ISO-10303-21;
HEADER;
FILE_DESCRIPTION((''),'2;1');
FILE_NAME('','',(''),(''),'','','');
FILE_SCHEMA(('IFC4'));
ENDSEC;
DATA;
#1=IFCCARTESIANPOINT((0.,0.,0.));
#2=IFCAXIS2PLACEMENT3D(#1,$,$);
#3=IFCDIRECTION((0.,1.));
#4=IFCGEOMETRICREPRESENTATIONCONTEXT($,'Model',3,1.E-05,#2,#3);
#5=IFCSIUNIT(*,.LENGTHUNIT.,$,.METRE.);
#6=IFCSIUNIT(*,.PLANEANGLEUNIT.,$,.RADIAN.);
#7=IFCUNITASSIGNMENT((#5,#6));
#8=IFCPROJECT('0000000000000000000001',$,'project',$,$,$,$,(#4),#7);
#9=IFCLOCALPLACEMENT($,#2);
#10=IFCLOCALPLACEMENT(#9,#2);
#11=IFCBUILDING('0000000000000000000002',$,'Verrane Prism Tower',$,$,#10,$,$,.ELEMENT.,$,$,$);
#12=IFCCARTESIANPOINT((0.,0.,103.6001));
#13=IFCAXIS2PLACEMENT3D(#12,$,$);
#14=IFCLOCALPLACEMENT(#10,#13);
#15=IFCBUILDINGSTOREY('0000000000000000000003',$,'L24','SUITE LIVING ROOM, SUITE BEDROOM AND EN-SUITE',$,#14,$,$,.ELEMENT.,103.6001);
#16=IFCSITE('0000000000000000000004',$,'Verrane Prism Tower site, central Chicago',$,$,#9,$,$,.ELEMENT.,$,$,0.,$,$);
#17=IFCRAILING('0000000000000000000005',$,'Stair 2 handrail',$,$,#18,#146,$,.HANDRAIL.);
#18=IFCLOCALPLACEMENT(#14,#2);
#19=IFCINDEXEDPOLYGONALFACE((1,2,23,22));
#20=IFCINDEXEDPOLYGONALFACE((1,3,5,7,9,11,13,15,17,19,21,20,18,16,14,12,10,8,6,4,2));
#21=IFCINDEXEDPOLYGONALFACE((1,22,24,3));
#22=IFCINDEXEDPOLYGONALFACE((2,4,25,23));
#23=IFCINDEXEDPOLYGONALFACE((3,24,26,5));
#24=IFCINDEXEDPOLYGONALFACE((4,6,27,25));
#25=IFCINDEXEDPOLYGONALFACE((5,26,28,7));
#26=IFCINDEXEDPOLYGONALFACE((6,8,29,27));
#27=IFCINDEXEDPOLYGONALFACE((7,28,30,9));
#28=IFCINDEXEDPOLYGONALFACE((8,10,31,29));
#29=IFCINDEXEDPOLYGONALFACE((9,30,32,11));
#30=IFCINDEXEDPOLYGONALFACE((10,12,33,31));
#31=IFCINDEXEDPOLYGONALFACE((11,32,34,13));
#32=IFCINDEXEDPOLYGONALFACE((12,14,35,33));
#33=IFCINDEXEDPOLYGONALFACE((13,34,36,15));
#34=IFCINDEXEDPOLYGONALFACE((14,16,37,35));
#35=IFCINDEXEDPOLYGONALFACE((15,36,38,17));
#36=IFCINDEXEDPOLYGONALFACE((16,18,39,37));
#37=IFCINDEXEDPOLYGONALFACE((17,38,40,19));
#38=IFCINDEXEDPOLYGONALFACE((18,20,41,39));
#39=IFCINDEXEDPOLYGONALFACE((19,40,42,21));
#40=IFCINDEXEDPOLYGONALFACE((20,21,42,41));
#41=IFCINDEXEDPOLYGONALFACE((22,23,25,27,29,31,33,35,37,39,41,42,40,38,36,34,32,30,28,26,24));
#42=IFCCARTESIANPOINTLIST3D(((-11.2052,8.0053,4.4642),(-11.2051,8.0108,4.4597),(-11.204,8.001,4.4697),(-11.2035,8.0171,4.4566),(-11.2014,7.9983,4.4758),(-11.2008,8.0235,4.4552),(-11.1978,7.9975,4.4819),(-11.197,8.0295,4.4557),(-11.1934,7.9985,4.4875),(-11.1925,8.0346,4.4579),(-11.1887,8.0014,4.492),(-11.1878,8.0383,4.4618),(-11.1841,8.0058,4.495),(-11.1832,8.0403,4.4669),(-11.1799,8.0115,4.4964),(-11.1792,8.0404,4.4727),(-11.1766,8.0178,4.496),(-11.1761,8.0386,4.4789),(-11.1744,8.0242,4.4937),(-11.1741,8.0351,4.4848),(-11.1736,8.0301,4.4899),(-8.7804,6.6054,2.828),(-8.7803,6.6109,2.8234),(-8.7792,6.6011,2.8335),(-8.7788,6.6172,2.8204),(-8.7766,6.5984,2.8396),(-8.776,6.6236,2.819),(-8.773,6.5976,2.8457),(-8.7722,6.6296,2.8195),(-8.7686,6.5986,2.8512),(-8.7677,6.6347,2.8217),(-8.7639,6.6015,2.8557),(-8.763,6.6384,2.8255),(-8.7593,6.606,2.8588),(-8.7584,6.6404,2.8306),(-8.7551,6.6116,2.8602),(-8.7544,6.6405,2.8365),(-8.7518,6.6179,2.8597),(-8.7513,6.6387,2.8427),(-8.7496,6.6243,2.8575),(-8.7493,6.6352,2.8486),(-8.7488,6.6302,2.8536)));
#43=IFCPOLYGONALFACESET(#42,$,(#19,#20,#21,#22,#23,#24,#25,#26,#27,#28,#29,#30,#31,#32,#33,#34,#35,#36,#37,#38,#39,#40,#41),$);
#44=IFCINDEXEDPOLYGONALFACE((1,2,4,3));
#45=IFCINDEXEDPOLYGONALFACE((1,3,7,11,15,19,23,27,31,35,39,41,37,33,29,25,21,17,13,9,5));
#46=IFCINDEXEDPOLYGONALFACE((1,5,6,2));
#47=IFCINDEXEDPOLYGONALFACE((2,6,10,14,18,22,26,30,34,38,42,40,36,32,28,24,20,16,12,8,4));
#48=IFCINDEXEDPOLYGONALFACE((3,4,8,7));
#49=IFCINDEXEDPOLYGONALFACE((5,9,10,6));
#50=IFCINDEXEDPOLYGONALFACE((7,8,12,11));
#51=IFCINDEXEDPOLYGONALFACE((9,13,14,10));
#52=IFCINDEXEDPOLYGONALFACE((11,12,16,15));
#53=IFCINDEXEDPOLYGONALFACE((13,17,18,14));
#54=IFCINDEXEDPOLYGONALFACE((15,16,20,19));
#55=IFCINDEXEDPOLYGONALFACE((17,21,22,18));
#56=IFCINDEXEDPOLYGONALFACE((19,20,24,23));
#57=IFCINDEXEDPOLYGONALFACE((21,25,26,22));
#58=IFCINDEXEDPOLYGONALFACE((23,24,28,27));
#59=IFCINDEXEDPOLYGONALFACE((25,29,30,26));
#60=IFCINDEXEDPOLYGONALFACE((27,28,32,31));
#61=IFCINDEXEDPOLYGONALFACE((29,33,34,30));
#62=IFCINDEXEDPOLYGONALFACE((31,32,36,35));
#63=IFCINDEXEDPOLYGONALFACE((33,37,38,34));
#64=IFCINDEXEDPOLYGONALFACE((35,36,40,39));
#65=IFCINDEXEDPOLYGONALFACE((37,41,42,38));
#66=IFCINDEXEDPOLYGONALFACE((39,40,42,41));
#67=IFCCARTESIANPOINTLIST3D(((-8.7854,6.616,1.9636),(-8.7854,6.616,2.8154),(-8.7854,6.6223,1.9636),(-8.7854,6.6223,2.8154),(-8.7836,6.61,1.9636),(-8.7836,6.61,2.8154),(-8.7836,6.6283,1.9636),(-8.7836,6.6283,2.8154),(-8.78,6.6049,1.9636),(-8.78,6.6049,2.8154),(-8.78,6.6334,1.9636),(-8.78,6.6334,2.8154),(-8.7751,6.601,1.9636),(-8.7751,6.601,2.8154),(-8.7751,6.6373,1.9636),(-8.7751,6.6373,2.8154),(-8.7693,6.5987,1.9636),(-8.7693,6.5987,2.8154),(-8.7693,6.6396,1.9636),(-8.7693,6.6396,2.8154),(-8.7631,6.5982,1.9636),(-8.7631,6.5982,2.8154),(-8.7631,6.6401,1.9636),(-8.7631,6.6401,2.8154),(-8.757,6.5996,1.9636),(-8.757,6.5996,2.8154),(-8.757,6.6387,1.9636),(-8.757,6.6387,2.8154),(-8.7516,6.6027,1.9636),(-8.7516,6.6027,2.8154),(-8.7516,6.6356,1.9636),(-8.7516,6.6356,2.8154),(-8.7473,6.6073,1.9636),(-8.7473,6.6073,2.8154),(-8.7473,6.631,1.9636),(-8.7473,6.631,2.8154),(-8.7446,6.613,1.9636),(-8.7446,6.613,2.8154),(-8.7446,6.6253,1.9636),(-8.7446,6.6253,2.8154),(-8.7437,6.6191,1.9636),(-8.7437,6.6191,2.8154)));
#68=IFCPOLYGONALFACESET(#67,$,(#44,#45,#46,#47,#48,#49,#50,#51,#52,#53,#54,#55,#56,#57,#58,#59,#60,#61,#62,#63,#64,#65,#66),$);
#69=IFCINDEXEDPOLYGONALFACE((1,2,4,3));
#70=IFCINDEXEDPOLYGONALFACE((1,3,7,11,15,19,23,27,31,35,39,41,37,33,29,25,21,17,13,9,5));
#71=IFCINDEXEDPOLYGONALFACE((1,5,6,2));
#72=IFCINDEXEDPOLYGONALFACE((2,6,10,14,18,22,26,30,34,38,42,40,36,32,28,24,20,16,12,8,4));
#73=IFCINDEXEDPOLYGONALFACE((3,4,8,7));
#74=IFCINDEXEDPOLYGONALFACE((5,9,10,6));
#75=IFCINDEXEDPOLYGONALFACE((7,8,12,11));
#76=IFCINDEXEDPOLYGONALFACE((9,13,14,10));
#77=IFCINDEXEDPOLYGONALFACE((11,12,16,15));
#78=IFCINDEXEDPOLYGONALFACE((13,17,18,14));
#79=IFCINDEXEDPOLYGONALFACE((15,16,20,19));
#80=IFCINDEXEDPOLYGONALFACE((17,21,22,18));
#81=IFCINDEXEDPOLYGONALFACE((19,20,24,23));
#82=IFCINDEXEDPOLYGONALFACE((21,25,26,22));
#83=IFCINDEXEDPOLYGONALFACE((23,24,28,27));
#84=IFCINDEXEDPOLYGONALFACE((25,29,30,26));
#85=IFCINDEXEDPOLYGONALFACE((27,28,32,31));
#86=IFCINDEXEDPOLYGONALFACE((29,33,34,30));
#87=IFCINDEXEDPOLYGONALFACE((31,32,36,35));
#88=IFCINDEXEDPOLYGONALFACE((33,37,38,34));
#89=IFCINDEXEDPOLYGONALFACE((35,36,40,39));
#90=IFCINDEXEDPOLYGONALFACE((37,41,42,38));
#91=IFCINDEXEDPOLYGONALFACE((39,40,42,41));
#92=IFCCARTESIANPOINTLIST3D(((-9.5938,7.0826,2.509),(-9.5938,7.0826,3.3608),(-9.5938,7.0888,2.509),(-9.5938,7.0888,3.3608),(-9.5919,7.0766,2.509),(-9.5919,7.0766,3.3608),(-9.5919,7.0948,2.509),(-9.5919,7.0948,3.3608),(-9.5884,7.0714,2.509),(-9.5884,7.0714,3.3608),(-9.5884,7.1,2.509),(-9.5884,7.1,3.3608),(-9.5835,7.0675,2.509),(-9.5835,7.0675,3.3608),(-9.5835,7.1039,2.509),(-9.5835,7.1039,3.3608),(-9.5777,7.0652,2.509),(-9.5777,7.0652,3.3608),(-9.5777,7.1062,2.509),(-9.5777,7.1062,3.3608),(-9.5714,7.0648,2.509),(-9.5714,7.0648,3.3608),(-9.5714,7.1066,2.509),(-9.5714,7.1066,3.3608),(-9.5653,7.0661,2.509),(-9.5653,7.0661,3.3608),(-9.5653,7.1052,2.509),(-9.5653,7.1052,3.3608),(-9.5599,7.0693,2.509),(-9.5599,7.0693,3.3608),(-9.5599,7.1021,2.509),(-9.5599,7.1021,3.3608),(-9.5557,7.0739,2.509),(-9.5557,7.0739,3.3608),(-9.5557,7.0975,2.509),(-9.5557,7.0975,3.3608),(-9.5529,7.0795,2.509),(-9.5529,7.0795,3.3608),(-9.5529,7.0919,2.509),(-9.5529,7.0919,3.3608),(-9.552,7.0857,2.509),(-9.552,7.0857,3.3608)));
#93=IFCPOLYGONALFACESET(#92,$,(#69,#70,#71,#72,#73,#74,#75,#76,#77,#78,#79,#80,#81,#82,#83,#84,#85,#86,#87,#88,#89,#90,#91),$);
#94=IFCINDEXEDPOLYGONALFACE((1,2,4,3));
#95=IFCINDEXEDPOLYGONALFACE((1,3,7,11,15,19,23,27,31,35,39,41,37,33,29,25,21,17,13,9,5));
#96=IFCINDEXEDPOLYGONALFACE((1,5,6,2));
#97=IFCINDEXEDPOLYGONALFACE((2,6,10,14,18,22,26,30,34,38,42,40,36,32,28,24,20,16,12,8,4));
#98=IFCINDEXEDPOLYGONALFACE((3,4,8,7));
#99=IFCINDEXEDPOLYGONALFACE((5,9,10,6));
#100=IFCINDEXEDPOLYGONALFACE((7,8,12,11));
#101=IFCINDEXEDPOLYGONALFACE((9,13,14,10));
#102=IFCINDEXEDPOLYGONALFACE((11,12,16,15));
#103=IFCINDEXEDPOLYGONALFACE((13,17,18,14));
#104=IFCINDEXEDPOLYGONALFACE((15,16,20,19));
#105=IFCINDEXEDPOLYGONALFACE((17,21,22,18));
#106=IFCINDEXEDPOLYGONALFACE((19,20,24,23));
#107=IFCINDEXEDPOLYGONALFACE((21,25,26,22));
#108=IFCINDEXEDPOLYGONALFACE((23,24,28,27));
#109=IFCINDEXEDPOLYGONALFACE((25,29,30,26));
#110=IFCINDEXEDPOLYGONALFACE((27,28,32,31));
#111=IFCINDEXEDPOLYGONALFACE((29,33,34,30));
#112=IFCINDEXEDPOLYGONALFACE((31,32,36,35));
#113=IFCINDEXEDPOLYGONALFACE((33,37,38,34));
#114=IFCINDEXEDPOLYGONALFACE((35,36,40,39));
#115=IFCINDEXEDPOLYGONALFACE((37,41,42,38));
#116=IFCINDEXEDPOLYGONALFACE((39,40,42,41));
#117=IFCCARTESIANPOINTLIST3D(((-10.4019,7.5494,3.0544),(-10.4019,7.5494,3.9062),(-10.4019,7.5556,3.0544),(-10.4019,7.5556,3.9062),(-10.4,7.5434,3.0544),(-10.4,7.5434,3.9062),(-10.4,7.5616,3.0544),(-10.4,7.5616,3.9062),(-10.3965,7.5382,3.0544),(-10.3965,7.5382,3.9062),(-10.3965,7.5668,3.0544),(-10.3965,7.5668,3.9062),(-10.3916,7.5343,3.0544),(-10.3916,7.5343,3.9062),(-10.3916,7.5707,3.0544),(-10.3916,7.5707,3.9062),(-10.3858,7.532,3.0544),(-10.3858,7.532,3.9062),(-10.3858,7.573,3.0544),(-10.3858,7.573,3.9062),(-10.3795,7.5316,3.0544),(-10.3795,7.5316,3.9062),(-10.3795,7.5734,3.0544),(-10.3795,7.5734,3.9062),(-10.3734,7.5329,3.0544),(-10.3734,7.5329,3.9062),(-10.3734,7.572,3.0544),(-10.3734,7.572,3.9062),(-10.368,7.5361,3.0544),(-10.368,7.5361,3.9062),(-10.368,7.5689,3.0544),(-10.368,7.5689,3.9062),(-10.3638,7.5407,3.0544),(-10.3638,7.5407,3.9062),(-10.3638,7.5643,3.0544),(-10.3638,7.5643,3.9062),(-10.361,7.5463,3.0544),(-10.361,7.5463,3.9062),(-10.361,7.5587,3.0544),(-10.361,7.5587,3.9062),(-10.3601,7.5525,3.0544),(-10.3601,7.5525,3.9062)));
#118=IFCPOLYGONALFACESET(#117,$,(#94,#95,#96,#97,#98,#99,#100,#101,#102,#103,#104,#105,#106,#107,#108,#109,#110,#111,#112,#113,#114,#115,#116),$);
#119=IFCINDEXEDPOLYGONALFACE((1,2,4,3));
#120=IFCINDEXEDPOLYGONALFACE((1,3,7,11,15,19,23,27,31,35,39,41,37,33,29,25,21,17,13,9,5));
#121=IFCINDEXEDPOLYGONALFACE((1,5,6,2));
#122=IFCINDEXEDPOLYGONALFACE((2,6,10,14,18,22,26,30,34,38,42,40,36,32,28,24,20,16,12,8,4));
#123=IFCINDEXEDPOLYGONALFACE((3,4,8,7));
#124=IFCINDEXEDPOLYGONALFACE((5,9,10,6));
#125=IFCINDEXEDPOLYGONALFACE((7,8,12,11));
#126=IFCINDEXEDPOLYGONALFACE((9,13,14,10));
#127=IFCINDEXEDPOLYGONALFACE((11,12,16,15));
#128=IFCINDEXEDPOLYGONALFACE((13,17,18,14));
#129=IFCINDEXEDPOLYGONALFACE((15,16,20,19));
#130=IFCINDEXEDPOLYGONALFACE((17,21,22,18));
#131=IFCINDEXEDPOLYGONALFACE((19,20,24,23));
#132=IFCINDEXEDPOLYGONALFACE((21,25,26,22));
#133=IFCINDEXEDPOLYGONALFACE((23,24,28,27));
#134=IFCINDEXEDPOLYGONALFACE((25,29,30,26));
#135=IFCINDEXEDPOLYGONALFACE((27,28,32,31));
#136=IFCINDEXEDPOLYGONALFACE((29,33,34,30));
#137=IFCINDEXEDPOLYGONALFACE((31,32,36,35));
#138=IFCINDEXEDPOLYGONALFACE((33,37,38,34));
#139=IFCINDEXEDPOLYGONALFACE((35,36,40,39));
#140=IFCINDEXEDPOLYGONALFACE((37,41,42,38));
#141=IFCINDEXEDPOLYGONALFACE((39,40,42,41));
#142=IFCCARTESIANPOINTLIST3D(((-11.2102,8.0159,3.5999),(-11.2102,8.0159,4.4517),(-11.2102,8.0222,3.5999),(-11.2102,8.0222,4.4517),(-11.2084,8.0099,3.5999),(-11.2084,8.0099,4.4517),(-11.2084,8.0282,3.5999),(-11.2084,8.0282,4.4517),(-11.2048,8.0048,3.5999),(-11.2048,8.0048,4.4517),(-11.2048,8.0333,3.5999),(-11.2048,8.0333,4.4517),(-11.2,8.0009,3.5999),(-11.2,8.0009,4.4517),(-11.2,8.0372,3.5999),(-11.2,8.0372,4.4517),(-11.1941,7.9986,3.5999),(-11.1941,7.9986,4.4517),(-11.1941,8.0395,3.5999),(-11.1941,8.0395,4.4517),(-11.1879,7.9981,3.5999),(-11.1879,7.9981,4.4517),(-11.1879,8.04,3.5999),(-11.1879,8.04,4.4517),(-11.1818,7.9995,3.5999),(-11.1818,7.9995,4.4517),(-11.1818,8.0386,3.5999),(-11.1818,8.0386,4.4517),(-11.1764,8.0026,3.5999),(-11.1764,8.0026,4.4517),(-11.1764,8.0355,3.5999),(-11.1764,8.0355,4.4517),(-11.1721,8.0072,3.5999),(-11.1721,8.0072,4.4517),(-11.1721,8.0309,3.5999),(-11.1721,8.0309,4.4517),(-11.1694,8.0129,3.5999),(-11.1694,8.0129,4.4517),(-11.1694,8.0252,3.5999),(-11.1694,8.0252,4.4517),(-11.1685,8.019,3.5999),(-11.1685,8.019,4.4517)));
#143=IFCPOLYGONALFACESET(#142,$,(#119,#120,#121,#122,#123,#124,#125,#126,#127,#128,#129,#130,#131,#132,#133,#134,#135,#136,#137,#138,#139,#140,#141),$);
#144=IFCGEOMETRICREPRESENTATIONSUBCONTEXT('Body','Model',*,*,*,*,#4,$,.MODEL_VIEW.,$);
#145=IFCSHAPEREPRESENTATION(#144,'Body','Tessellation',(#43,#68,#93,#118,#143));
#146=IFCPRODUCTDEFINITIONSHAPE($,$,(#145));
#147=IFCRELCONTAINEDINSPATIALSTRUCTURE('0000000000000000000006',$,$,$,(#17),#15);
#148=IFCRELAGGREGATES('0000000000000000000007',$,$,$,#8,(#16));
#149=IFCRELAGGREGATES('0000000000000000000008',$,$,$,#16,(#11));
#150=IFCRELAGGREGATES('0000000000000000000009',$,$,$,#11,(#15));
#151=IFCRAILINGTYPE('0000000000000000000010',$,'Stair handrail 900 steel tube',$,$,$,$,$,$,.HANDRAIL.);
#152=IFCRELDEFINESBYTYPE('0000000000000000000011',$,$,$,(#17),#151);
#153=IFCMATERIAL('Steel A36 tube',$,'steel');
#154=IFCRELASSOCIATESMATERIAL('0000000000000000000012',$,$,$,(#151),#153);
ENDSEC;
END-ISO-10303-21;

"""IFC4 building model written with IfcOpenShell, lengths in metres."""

from ifc_helpers import new_model, si_unit, direction, frame, origin, origin_2d, place, context, subcontext, project, spatial, circle, extrude, material, type_object, element, save


model = new_model("IFC4")

# Units and contexts
model_context = context("Model", 3, precision=1e-05, world=origin(), true_north=direction((0.0, 1.0)))
body_context = subcontext(model_context, "Body", "Model", "MODEL_VIEW")
ifc_project = project(units=[si_unit("LENGTHUNIT", "METRE"), si_unit("PLANEANGLEUNIT", "RADIAN")], contexts=[model_context])

# Site, building, storey
site_placement = place(None, origin())
site = spatial("IfcSite", under=ifc_project, at=site_placement, Name="Verrane Prism Tower site, central Chicago", CompositionType="ELEMENT", RefElevation=0.0)
building_placement = place(site_placement, origin())
building = spatial("IfcBuilding", under=site, at=building_placement, Name="Verrane Prism Tower", CompositionType="ELEMENT")
storey_placement = place(building_placement, frame((0.0, 0.0, 103.6001)))
storey = spatial("IfcBuildingStorey", under=building, at=storey_placement, Name="L24", Description="SUITE LIVING ROOM, SUITE BEDROOM AND EN-SUITE", CompositionType="ELEMENT", Elevation=103.6001)

# Railing
ifc_material_1 = material(Name="Steel A36 tube", Category="steel")
railing_type_1 = type_object("IfcRailingType", Name="Stair handrail 900 steel tube", PredefinedType="HANDRAIL", material=ifc_material_1)
railing_1_placement = place(storey_placement, frame((-8.7646, 6.6191, 1.9636)))
element("IfcRailing", 1, at=railing_1_placement, inside=storey, type_object=railing_type_1, Name="Stair 2 handrail", PredefinedType="HANDRAIL", context=body_context, shape_type="SweptSolid", body=[
    extrude(circle(Radius=0.0239, at=origin_2d()), frame((0.0, 0.0, 0.876), z_axis=(-0.747718, 0.431677, 0.504552), x_axis=(-0.499984, -0.866035, 0.0)), (0.0, 0.0, 1.0), 3.2429),
    extrude(circle(Radius=0.021, at=origin_2d()), origin(), (0.0, 0.0, 1.0), 0.8518),
    extrude(circle(Radius=0.021, at=origin_2d()), frame((-0.8083, 0.4666, 0.5454)), (0.0, 0.0, 1.0), 0.8518),
    extrude(circle(Radius=0.021, at=origin_2d()), frame((-1.6165, 0.9333, 1.0908)), (0.0, 0.0, 1.0), 0.8518),
    extrude(circle(Radius=0.021, at=origin_2d()), frame((-2.4248, 1.3999, 1.6362)), (0.0, 0.0, 1.0), 0.8518),
])

save(model, "model.ifc")
